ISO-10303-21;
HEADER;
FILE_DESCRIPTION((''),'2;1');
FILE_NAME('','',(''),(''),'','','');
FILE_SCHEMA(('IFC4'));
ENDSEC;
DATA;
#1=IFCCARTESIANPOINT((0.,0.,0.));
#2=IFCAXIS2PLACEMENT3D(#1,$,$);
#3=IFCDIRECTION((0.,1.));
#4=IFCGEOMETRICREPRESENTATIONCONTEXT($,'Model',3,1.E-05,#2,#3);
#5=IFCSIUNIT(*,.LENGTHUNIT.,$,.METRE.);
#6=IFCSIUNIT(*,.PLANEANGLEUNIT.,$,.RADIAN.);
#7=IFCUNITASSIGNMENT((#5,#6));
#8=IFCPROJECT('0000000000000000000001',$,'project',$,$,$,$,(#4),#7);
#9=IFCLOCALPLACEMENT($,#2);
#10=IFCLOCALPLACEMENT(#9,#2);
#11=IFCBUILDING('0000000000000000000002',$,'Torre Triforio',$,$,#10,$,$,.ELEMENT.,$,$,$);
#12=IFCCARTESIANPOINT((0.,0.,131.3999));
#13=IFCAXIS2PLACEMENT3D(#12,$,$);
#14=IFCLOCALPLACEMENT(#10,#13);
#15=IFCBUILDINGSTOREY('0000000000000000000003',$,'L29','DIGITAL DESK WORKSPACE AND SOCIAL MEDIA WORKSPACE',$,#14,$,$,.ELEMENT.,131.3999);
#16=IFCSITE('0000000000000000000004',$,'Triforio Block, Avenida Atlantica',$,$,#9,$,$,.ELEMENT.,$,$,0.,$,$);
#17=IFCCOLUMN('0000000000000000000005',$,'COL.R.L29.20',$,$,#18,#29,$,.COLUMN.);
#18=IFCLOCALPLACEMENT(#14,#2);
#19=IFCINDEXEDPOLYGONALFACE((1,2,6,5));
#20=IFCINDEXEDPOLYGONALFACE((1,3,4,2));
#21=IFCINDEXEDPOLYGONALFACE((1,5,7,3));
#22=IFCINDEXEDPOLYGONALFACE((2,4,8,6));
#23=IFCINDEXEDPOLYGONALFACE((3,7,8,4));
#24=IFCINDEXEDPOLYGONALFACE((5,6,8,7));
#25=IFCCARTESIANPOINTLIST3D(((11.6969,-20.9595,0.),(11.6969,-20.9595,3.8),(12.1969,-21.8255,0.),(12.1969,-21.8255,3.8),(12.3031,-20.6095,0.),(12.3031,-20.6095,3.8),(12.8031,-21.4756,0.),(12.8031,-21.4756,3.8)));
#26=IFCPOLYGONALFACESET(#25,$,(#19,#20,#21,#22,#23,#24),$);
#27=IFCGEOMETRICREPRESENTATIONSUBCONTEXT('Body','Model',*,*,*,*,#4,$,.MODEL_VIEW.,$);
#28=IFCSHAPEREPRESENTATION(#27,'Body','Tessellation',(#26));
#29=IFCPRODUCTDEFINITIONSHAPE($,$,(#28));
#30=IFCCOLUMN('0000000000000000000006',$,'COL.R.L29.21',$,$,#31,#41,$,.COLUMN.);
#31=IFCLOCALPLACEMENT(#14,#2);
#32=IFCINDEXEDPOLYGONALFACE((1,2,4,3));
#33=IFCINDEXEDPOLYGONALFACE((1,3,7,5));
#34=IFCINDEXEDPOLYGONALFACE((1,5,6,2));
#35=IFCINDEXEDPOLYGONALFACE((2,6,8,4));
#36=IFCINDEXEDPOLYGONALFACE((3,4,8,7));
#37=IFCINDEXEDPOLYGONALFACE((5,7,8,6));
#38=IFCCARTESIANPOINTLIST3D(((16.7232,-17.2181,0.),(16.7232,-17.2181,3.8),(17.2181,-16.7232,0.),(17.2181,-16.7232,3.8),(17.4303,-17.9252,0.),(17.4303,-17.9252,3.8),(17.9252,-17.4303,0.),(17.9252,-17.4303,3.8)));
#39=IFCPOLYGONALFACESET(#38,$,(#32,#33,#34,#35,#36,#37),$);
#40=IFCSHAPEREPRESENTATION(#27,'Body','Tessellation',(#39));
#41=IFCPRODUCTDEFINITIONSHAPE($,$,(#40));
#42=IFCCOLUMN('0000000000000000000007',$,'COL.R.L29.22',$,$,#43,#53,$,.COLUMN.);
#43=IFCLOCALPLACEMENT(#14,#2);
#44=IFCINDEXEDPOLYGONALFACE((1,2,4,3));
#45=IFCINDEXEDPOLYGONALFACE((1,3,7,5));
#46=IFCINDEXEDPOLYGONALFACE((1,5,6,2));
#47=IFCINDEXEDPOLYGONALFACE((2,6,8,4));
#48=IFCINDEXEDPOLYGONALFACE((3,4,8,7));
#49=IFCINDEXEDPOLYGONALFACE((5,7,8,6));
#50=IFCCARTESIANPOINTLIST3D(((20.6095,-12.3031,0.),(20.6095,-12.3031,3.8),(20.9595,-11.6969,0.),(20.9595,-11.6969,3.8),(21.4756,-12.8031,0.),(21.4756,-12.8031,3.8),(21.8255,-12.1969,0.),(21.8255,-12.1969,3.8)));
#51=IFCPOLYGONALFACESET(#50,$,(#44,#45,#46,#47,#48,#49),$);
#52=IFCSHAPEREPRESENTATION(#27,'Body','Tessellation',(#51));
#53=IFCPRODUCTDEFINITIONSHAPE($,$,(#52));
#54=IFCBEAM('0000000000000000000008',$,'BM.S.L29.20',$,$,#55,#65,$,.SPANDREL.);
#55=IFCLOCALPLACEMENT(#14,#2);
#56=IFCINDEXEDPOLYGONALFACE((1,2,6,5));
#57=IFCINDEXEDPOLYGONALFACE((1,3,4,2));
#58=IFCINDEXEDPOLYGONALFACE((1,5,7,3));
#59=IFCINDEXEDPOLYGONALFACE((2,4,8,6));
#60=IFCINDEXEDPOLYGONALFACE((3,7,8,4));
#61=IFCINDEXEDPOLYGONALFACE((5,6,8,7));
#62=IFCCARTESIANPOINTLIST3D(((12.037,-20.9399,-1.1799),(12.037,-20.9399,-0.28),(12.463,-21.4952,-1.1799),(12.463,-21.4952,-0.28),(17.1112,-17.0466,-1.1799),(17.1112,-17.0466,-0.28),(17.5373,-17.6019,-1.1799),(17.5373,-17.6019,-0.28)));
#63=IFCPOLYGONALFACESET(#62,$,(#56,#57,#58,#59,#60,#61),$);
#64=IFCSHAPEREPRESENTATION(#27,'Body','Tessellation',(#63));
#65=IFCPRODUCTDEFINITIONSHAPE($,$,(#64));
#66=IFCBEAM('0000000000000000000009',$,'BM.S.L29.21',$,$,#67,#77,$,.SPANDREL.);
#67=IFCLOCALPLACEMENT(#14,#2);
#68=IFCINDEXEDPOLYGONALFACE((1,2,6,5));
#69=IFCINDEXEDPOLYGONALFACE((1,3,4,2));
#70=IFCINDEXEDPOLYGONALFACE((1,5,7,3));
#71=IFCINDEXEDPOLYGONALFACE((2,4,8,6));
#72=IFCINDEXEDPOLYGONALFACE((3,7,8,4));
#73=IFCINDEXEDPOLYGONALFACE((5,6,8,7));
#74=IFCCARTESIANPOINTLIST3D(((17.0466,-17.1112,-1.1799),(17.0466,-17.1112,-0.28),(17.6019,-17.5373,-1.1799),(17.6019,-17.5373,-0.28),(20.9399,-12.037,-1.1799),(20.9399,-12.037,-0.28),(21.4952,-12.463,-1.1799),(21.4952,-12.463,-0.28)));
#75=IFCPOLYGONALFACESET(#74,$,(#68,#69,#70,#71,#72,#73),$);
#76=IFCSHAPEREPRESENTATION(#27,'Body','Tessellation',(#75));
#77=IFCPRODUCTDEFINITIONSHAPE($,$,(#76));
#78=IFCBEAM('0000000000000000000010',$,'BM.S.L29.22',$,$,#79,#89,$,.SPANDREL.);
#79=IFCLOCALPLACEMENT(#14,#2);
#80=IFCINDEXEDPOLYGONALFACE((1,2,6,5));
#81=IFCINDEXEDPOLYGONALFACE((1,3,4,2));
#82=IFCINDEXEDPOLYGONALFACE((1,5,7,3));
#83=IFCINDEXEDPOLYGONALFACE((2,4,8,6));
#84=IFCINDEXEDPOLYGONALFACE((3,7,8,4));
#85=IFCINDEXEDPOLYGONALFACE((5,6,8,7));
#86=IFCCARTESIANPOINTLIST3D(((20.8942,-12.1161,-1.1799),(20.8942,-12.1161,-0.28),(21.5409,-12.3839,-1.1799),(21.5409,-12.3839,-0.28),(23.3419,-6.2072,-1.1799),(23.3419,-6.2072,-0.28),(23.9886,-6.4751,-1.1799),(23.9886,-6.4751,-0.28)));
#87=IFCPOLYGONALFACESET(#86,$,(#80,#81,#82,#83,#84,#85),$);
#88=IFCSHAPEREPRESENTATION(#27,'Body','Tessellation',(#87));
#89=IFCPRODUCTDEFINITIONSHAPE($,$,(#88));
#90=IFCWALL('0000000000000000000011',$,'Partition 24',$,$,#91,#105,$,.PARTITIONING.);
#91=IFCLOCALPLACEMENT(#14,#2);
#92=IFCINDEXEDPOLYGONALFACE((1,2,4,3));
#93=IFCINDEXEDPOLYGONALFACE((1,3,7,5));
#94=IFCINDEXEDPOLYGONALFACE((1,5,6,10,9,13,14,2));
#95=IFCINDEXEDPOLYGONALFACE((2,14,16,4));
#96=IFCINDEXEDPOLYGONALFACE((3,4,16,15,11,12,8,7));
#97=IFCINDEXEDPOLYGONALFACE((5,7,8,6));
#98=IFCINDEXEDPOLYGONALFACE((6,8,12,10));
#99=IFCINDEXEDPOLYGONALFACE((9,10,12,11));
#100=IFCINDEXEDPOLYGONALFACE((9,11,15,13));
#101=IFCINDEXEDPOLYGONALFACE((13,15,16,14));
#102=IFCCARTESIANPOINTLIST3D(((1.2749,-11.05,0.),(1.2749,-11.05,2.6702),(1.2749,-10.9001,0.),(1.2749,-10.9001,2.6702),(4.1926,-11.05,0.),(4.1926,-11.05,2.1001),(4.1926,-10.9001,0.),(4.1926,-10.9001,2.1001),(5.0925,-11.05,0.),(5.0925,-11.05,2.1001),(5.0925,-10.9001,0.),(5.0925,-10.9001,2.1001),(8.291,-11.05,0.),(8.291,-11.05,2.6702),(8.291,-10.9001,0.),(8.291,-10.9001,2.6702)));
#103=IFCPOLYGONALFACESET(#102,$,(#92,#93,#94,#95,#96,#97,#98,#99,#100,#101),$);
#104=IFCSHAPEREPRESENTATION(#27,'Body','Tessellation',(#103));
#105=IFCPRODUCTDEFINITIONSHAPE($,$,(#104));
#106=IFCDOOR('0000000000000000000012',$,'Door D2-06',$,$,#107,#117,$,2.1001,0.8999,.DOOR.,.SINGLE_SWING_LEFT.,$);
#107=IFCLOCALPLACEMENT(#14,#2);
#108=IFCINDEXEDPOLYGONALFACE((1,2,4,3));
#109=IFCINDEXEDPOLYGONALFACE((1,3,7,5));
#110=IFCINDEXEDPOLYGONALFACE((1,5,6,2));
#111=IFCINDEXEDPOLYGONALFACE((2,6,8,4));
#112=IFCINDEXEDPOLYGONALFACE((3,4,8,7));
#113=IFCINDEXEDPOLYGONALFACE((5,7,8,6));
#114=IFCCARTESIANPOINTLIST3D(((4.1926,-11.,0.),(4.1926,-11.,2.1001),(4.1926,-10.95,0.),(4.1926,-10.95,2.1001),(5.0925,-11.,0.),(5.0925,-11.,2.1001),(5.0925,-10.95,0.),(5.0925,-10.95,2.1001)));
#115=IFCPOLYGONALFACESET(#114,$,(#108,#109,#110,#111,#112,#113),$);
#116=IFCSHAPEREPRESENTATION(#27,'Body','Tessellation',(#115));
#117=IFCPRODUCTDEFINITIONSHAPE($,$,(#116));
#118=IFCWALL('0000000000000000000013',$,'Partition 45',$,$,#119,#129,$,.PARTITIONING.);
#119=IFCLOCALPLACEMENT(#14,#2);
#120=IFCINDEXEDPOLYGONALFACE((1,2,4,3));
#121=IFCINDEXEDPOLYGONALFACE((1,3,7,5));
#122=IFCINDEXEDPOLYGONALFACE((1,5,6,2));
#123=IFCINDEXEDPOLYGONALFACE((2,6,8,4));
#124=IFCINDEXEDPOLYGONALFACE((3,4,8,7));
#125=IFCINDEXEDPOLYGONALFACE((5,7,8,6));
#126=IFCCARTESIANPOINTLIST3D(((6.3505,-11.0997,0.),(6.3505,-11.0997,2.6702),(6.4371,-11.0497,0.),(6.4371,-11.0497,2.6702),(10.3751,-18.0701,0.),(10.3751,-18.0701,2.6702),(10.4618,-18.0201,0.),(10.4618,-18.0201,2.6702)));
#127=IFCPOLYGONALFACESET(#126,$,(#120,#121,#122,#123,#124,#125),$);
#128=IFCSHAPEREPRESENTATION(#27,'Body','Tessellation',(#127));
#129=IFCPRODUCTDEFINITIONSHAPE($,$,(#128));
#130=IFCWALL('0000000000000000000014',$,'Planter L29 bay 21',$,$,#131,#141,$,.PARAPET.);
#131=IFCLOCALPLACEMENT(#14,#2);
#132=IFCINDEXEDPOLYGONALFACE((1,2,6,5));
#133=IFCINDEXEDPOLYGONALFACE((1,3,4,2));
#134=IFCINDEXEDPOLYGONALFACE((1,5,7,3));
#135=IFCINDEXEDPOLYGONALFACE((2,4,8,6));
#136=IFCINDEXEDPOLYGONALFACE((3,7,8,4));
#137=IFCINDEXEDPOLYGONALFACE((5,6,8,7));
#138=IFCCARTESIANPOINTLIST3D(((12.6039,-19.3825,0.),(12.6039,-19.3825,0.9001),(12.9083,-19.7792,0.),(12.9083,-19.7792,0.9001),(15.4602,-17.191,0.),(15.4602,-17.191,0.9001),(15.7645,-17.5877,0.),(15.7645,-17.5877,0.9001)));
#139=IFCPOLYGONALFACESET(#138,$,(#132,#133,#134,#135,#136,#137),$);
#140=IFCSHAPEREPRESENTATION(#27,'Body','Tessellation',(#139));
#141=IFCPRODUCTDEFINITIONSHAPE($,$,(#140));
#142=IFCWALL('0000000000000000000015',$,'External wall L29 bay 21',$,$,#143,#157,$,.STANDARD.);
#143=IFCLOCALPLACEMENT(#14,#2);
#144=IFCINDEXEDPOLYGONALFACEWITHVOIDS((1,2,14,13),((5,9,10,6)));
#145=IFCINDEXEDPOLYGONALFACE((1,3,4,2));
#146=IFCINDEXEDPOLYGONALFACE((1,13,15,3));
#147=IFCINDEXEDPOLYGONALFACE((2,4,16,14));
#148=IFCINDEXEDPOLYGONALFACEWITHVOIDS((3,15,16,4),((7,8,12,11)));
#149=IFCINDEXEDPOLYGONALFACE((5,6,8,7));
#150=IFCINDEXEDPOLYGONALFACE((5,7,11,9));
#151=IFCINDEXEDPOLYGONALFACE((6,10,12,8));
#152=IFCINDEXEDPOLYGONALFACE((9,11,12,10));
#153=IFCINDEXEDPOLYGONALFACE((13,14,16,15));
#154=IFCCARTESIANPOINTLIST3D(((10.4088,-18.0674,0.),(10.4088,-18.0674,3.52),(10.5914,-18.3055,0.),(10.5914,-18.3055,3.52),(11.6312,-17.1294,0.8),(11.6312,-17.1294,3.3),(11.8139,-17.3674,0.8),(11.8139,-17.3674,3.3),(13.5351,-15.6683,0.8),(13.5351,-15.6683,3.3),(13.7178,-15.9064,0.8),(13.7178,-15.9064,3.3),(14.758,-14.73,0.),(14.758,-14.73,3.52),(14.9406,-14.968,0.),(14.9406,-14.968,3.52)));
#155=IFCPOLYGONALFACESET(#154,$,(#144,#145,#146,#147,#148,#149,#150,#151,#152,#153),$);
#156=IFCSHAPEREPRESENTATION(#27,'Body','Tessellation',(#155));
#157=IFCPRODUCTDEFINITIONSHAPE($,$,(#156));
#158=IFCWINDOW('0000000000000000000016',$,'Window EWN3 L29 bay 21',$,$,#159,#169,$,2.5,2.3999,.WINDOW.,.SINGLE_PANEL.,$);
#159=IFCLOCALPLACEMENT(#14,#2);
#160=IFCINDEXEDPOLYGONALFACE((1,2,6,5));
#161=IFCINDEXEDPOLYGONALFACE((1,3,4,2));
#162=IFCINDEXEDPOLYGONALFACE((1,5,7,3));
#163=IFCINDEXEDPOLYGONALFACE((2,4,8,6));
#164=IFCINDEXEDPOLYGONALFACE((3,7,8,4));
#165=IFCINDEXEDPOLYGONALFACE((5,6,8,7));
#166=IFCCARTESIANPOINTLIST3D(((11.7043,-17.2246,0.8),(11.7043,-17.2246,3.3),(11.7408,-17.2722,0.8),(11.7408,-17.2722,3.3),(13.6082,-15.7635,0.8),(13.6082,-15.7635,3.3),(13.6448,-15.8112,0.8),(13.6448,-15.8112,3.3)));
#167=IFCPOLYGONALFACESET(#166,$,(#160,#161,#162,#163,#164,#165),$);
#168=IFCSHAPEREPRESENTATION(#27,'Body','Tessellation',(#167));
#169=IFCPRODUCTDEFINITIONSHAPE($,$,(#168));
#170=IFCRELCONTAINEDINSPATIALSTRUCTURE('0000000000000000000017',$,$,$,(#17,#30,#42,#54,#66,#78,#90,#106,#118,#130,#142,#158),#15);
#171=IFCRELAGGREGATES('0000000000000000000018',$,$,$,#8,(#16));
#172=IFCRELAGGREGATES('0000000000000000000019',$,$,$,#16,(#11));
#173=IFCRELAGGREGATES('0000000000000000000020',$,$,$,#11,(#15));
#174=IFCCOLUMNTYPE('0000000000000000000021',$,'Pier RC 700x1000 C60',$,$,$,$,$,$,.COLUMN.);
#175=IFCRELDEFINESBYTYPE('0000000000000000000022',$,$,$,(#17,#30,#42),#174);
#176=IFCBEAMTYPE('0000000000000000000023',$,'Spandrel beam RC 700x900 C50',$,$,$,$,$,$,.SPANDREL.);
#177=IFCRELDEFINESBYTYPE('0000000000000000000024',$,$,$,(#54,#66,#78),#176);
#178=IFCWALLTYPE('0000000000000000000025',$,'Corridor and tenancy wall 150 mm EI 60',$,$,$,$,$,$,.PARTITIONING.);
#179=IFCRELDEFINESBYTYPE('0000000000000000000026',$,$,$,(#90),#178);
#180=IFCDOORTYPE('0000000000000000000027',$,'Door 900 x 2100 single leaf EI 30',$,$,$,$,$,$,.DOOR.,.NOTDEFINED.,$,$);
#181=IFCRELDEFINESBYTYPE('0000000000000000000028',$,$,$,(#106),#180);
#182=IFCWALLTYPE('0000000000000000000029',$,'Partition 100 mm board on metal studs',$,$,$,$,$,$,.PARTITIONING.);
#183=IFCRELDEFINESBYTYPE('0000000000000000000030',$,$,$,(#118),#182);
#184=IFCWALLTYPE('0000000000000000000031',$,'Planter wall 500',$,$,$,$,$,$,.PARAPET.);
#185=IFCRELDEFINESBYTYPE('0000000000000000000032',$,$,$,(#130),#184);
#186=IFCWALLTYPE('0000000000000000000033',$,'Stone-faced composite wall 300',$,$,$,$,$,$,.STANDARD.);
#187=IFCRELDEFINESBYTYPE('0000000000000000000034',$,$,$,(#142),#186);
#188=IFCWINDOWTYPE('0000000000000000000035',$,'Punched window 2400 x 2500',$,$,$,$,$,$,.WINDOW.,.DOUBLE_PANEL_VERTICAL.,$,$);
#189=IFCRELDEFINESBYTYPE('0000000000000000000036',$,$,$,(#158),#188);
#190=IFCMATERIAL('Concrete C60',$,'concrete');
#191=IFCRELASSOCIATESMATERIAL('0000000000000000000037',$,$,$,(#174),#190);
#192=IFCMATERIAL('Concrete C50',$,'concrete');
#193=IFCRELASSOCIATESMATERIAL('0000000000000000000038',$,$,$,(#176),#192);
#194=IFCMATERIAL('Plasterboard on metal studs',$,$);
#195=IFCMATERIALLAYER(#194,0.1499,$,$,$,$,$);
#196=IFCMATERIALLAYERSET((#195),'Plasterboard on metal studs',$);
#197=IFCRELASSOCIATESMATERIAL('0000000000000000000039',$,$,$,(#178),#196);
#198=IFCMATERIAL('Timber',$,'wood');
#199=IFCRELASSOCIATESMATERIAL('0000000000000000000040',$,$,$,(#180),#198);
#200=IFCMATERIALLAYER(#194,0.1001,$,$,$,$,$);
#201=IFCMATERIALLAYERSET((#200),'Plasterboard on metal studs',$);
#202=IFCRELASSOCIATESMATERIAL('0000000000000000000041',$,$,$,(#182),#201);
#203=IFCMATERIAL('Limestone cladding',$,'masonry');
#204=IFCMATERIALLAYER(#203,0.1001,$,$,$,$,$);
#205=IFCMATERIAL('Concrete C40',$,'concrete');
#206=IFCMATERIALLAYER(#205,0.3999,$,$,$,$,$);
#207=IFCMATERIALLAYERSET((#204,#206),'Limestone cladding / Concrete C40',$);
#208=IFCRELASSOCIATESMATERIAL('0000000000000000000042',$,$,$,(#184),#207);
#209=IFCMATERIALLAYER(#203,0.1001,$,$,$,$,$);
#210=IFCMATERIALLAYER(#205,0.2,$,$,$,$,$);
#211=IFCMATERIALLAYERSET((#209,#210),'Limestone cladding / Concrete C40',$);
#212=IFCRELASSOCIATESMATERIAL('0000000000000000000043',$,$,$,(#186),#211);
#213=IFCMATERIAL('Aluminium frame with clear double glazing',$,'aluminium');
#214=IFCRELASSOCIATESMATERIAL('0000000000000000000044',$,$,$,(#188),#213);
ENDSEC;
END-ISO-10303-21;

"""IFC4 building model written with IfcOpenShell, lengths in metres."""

from ifc_helpers import new_model, si_unit, direction, frame, frame_2d, origin, origin_2d, place, context, subcontext, project, spatial, rectangle, extrude, material, layer, layer_set, material_profile, profile_set, type_object, element, fill, save


model = new_model("IFC4")

# Units and contexts
model_context = context("Model", 3, precision=1e-05, world=origin(), true_north=direction((0.0, 1.0)))
body_context = subcontext(model_context, "Body", "Model", "MODEL_VIEW")
ifc_project = project(units=[si_unit("LENGTHUNIT", "METRE"), si_unit("PLANEANGLEUNIT", "RADIAN")], contexts=[model_context])

# Site, building, storey
site_placement = place(None, origin())
site = spatial("IfcSite", under=ifc_project, at=site_placement, Name="Triforio Block, Avenida Atlantica", CompositionType="ELEMENT", RefElevation=0.0)
building_placement = place(site_placement, origin())
building = spatial("IfcBuilding", under=site, at=building_placement, Name="Torre Triforio", CompositionType="ELEMENT")
storey_placement = place(building_placement, frame((0.0, 0.0, 131.3999)))
storey = spatial("IfcBuildingStorey", under=building, at=storey_placement, Name="L29", Description="DIGITAL DESK WORKSPACE AND SOCIAL MEDIA WORKSPACE", CompositionType="ELEMENT", Elevation=131.3999)

# Columns
ifc_material_1 = material(Name="Concrete C60", Category="concrete")
ifc_material_profile_1 = material_profile(ifc_material_1, rectangle(XDim=0.7, YDim=1.0, at=origin_2d()), Name="RC 700x1000")
ifc_profile_set_1 = profile_set([ifc_material_profile_1], Name="Concrete C60")
column_type = type_object("IfcColumnType", Name="Pier RC 700x1000 C60", PredefinedType="COLUMN", material=ifc_profile_set_1)
for number, where, z_axis, x_axis, name in (
    (1, (12.25, -21.2175, 0.0), (0.0, 0.0, 1.0), (0.866025, 0.5, 0.0), "COL.R.L29.20"),
    (2, (17.3242, -17.3242, 0.0), (0.0, 0.0, 1.0), (0.707107, 0.707107, 0.0), "COL.R.L29.21"),
    (3, (21.2175, -12.25, 0.0), (0.0, 0.0, 1.0), (0.5, 0.866025, 0.0), "COL.R.L29.22"),
):
    element("IfcColumn", number, at=place(storey_placement, frame(where, z_axis=z_axis, x_axis=x_axis)), inside=storey, type_object=column_type, Name=name, PredefinedType="COLUMN", context=body_context, shape_type="SweptSolid", body=[
        extrude(rectangle(XDim=0.7, YDim=1.0, at=origin_2d()), origin(), (0.0, 0.0, 1.0), 3.8),
    ])

# Beams
ifc_material_2 = material(Name="Concrete C50", Category="concrete")
ifc_material_profile_2 = material_profile(ifc_material_2, rectangle(XDim=0.7, YDim=0.8999, at=origin_2d()), Name="RC 700x900")
ifc_profile_set_2 = profile_set([ifc_material_profile_2], Name="Concrete C50")
beam_type = type_object("IfcBeamType", Name="Spandrel beam RC 700x900 C50", PredefinedType="SPANDREL", material=ifc_profile_set_2)
for number, where, z_axis, x_axis, name in (
    (4, (12.25, -21.2175, -0.73), (0.793374, 0.608734, 0.0), (-0.608734, 0.793374, 0.0), "BM.S.L29.20"),
    (5, (17.3242, -17.3242, -0.73), (0.608734, 0.793374, 0.0), (-0.793374, 0.608734, 0.0), "BM.S.L29.21"),
    (6, (21.2175, -12.25, -0.73), (0.382709, 0.923869, 0.0), (-0.923869, 0.382709, 0.0), "BM.S.L29.22"),
):
    element("IfcBeam", number, at=place(storey_placement, frame(where, z_axis=z_axis, x_axis=x_axis)), inside=storey, type_object=beam_type, Name=name, PredefinedType="SPANDREL", context=body_context, shape_type="SweptSolid", body=[
        extrude(rectangle(XDim=0.7, YDim=0.8999, at=origin_2d()), origin(), (0.0, 0.0, 1.0), 6.3958),
    ])

# Wall, opening, door
ifc_material_3 = material(Name="Plasterboard on metal studs")
ifc_layer_1 = layer(ifc_material_3, 0.1499)
ifc_layer_set_1 = layer_set([ifc_layer_1], Name="Plasterboard on metal studs")
wall_type_1 = type_object("IfcWallType", Name="Corridor and tenancy wall 150 mm EI 60", PredefinedType="PARTITIONING", material=ifc_layer_set_1)
wall_1_placement = place(storey_placement, frame((8.291, -10.9751, 0.0), z_axis=(0.0, 0.0, 1.0), x_axis=(-1.0, 0.0, 0.0)))
wall_1 = element("IfcWall", 7, at=wall_1_placement, inside=storey, type_object=wall_type_1, Name="Partition 24", PredefinedType="PARTITIONING", context=body_context, shape_type="SweptSolid", body=[
    extrude(rectangle(XDim=7.0161, YDim=0.1499, at=frame_2d((3.5081, 0.0))), origin(), (0.0, 0.0, 1.0), 2.6702),
])
opening_1_placement = place(wall_1_placement, frame((3.1985, 0.0, 0.0)))
opening_1 = element("IfcOpeningElement", 8, at=opening_1_placement, cuts=wall_1, PredefinedType="OPENING", context=body_context, shape_type="SweptSolid", body=[
    extrude(rectangle(XDim=0.8999, YDim=2.1001, at=frame_2d((0.45, 1.05))), frame((0.0, 0.085, 0.0), z_axis=(0.0, -1.0, 0.0), x_axis=(1.0, 0.0, 0.0)), (0.0, 0.0, 1.0), 0.1699),
])
ifc_material_4 = material(Name="Timber", Category="wood")
door_type_1 = type_object("IfcDoorType", Name="Door 900 x 2100 single leaf EI 30", OperationType="NOTDEFINED", PredefinedType="DOOR", material=ifc_material_4)
door_1_placement = place(opening_1_placement, origin())
door_1 = element("IfcDoor", 9, at=door_1_placement, inside=storey, type_object=door_type_1, Name="Door D2-06", OperationType="SINGLE_SWING_LEFT", OverallHeight=2.1001, OverallWidth=0.8999, PredefinedType="DOOR", context=body_context, shape_type="SweptSolid", body=[
    extrude(rectangle(XDim=0.8999, YDim=2.1001, at=frame_2d((0.45, 1.05))), frame((0.0, 0.0249, 0.0), z_axis=(0.0, -1.0, 0.0), x_axis=(1.0, 0.0, 0.0)), (0.0, 0.0, 1.0), 0.05),
])
fill(opening_1, door_1)

# Walls
ifc_layer_2 = layer(ifc_material_3, 0.1001)
ifc_layer_set_2 = layer_set([ifc_layer_2], Name="Plasterboard on metal studs")
wall_type_2 = type_object("IfcWallType", Name="Partition 100 mm board on metal studs", PredefinedType="PARTITIONING", material=ifc_layer_set_2)
wall_2_placement = place(storey_placement, frame((6.3938, -11.0747, 0.0), z_axis=(0.0, 0.0, 1.0), x_axis=(0.500024, -0.866011, 0.0)))
element("IfcWall", 10, at=wall_2_placement, inside=storey, type_object=wall_type_2, Name="Partition 45", PredefinedType="PARTITIONING", context=body_context, shape_type="SweptSolid", body=[
    extrude(rectangle(XDim=8.0488, YDim=0.1001, at=frame_2d((4.0244, 0.0))), origin(), (0.0, 0.0, 1.0), 2.6702),
])
ifc_material_5 = material(Name="Limestone cladding", Category="masonry")
ifc_layer_3 = layer(ifc_material_5, 0.1001)
ifc_material_6 = material(Name="Concrete C40", Category="concrete")
ifc_layer_4 = layer(ifc_material_6, 0.3999)
ifc_layer_set_3 = layer_set([ifc_layer_3, ifc_layer_4], Name="Limestone cladding / Concrete C40")
wall_type_3 = type_object("IfcWallType", Name="Planter wall 500", PredefinedType="PARAPET", material=ifc_layer_set_3)
wall_3_placement = place(storey_placement, frame((12.7561, -19.5808, 0.0), z_axis=(0.0, 0.0, 1.0), x_axis=(0.793385, 0.608721, 0.0)))
element("IfcWall", 11, at=wall_3_placement, inside=storey, type_object=wall_type_3, Name="Planter L29 bay 21", PredefinedType="PARAPET", context=body_context, shape_type="SweptSolid", body=[
    extrude(rectangle(XDim=3.6001, YDim=0.5, at=frame_2d((1.8, 0.0))), origin(), (0.0, 0.0, 1.0), 0.9001),
])

# Wall, opening, window
ifc_layer_5 = layer(ifc_material_5, 0.1001)
ifc_layer_6 = layer(ifc_material_6, 0.2)
ifc_layer_set_4 = layer_set([ifc_layer_5, ifc_layer_6], Name="Limestone cladding / Concrete C40")
wall_type_4 = type_object("IfcWallType", Name="Stone-faced composite wall 300", PredefinedType="STANDARD", material=ifc_layer_set_4)
wall_4_placement = place(storey_placement, frame((10.5, -18.1865, 0.0), z_axis=(0.0, 0.0, 1.0), x_axis=(0.793335, 0.608785, 0.0)))
wall_4 = element("IfcWall", 12, at=wall_4_placement, inside=storey, type_object=wall_type_4, Name="External wall L29 bay 21", PredefinedType="STANDARD", context=body_context, shape_type="SweptSolid", body=[
    extrude(rectangle(XDim=5.4822, YDim=0.3, at=frame_2d((2.7412, 0.0))), origin(), (0.0, 0.0, 1.0), 3.52),
])
opening_2_placement = place(wall_4_placement, frame((1.541, 0.0, 0.8)))
opening_2 = element("IfcOpeningElement", 13, at=opening_2_placement, cuts=wall_4, PredefinedType="OPENING", context=body_context, shape_type="SweptSolid", body=[
    extrude(rectangle(XDim=2.3999, YDim=2.5, at=frame_2d((1.2, 1.25))), frame((0.0, 0.1599, 0.0), z_axis=(0.0, -1.0, 0.0), x_axis=(1.0, 0.0, 0.0)), (0.0, 0.0, 1.0), 0.3201),
])
ifc_material_7 = material(Name="Aluminium frame with clear double glazing", Category="aluminium")
window_type_1 = type_object("IfcWindowType", Name="Punched window 2400 x 2500", PartitioningType="DOUBLE_PANEL_VERTICAL", PredefinedType="WINDOW", material=ifc_material_7)
window_1_placement = place(opening_2_placement, origin())
window_1 = element("IfcWindow", 14, at=window_1_placement, inside=storey, type_object=window_type_1, Name="Window EWN3 L29 bay 21", OverallHeight=2.5, OverallWidth=2.3999, PartitioningType="SINGLE_PANEL", PredefinedType="WINDOW", context=body_context, shape_type="SweptSolid", body=[
    extrude(rectangle(XDim=2.3999, YDim=2.5, at=frame_2d((1.2, 1.25))), frame((0.0, 0.03, 0.0), z_axis=(0.0, -1.0, 0.0), x_axis=(1.0, 0.0, 0.0)), (0.0, 0.0, 1.0), 0.0601),
])
fill(opening_2, window_1)

save(model, "model.ifc")
